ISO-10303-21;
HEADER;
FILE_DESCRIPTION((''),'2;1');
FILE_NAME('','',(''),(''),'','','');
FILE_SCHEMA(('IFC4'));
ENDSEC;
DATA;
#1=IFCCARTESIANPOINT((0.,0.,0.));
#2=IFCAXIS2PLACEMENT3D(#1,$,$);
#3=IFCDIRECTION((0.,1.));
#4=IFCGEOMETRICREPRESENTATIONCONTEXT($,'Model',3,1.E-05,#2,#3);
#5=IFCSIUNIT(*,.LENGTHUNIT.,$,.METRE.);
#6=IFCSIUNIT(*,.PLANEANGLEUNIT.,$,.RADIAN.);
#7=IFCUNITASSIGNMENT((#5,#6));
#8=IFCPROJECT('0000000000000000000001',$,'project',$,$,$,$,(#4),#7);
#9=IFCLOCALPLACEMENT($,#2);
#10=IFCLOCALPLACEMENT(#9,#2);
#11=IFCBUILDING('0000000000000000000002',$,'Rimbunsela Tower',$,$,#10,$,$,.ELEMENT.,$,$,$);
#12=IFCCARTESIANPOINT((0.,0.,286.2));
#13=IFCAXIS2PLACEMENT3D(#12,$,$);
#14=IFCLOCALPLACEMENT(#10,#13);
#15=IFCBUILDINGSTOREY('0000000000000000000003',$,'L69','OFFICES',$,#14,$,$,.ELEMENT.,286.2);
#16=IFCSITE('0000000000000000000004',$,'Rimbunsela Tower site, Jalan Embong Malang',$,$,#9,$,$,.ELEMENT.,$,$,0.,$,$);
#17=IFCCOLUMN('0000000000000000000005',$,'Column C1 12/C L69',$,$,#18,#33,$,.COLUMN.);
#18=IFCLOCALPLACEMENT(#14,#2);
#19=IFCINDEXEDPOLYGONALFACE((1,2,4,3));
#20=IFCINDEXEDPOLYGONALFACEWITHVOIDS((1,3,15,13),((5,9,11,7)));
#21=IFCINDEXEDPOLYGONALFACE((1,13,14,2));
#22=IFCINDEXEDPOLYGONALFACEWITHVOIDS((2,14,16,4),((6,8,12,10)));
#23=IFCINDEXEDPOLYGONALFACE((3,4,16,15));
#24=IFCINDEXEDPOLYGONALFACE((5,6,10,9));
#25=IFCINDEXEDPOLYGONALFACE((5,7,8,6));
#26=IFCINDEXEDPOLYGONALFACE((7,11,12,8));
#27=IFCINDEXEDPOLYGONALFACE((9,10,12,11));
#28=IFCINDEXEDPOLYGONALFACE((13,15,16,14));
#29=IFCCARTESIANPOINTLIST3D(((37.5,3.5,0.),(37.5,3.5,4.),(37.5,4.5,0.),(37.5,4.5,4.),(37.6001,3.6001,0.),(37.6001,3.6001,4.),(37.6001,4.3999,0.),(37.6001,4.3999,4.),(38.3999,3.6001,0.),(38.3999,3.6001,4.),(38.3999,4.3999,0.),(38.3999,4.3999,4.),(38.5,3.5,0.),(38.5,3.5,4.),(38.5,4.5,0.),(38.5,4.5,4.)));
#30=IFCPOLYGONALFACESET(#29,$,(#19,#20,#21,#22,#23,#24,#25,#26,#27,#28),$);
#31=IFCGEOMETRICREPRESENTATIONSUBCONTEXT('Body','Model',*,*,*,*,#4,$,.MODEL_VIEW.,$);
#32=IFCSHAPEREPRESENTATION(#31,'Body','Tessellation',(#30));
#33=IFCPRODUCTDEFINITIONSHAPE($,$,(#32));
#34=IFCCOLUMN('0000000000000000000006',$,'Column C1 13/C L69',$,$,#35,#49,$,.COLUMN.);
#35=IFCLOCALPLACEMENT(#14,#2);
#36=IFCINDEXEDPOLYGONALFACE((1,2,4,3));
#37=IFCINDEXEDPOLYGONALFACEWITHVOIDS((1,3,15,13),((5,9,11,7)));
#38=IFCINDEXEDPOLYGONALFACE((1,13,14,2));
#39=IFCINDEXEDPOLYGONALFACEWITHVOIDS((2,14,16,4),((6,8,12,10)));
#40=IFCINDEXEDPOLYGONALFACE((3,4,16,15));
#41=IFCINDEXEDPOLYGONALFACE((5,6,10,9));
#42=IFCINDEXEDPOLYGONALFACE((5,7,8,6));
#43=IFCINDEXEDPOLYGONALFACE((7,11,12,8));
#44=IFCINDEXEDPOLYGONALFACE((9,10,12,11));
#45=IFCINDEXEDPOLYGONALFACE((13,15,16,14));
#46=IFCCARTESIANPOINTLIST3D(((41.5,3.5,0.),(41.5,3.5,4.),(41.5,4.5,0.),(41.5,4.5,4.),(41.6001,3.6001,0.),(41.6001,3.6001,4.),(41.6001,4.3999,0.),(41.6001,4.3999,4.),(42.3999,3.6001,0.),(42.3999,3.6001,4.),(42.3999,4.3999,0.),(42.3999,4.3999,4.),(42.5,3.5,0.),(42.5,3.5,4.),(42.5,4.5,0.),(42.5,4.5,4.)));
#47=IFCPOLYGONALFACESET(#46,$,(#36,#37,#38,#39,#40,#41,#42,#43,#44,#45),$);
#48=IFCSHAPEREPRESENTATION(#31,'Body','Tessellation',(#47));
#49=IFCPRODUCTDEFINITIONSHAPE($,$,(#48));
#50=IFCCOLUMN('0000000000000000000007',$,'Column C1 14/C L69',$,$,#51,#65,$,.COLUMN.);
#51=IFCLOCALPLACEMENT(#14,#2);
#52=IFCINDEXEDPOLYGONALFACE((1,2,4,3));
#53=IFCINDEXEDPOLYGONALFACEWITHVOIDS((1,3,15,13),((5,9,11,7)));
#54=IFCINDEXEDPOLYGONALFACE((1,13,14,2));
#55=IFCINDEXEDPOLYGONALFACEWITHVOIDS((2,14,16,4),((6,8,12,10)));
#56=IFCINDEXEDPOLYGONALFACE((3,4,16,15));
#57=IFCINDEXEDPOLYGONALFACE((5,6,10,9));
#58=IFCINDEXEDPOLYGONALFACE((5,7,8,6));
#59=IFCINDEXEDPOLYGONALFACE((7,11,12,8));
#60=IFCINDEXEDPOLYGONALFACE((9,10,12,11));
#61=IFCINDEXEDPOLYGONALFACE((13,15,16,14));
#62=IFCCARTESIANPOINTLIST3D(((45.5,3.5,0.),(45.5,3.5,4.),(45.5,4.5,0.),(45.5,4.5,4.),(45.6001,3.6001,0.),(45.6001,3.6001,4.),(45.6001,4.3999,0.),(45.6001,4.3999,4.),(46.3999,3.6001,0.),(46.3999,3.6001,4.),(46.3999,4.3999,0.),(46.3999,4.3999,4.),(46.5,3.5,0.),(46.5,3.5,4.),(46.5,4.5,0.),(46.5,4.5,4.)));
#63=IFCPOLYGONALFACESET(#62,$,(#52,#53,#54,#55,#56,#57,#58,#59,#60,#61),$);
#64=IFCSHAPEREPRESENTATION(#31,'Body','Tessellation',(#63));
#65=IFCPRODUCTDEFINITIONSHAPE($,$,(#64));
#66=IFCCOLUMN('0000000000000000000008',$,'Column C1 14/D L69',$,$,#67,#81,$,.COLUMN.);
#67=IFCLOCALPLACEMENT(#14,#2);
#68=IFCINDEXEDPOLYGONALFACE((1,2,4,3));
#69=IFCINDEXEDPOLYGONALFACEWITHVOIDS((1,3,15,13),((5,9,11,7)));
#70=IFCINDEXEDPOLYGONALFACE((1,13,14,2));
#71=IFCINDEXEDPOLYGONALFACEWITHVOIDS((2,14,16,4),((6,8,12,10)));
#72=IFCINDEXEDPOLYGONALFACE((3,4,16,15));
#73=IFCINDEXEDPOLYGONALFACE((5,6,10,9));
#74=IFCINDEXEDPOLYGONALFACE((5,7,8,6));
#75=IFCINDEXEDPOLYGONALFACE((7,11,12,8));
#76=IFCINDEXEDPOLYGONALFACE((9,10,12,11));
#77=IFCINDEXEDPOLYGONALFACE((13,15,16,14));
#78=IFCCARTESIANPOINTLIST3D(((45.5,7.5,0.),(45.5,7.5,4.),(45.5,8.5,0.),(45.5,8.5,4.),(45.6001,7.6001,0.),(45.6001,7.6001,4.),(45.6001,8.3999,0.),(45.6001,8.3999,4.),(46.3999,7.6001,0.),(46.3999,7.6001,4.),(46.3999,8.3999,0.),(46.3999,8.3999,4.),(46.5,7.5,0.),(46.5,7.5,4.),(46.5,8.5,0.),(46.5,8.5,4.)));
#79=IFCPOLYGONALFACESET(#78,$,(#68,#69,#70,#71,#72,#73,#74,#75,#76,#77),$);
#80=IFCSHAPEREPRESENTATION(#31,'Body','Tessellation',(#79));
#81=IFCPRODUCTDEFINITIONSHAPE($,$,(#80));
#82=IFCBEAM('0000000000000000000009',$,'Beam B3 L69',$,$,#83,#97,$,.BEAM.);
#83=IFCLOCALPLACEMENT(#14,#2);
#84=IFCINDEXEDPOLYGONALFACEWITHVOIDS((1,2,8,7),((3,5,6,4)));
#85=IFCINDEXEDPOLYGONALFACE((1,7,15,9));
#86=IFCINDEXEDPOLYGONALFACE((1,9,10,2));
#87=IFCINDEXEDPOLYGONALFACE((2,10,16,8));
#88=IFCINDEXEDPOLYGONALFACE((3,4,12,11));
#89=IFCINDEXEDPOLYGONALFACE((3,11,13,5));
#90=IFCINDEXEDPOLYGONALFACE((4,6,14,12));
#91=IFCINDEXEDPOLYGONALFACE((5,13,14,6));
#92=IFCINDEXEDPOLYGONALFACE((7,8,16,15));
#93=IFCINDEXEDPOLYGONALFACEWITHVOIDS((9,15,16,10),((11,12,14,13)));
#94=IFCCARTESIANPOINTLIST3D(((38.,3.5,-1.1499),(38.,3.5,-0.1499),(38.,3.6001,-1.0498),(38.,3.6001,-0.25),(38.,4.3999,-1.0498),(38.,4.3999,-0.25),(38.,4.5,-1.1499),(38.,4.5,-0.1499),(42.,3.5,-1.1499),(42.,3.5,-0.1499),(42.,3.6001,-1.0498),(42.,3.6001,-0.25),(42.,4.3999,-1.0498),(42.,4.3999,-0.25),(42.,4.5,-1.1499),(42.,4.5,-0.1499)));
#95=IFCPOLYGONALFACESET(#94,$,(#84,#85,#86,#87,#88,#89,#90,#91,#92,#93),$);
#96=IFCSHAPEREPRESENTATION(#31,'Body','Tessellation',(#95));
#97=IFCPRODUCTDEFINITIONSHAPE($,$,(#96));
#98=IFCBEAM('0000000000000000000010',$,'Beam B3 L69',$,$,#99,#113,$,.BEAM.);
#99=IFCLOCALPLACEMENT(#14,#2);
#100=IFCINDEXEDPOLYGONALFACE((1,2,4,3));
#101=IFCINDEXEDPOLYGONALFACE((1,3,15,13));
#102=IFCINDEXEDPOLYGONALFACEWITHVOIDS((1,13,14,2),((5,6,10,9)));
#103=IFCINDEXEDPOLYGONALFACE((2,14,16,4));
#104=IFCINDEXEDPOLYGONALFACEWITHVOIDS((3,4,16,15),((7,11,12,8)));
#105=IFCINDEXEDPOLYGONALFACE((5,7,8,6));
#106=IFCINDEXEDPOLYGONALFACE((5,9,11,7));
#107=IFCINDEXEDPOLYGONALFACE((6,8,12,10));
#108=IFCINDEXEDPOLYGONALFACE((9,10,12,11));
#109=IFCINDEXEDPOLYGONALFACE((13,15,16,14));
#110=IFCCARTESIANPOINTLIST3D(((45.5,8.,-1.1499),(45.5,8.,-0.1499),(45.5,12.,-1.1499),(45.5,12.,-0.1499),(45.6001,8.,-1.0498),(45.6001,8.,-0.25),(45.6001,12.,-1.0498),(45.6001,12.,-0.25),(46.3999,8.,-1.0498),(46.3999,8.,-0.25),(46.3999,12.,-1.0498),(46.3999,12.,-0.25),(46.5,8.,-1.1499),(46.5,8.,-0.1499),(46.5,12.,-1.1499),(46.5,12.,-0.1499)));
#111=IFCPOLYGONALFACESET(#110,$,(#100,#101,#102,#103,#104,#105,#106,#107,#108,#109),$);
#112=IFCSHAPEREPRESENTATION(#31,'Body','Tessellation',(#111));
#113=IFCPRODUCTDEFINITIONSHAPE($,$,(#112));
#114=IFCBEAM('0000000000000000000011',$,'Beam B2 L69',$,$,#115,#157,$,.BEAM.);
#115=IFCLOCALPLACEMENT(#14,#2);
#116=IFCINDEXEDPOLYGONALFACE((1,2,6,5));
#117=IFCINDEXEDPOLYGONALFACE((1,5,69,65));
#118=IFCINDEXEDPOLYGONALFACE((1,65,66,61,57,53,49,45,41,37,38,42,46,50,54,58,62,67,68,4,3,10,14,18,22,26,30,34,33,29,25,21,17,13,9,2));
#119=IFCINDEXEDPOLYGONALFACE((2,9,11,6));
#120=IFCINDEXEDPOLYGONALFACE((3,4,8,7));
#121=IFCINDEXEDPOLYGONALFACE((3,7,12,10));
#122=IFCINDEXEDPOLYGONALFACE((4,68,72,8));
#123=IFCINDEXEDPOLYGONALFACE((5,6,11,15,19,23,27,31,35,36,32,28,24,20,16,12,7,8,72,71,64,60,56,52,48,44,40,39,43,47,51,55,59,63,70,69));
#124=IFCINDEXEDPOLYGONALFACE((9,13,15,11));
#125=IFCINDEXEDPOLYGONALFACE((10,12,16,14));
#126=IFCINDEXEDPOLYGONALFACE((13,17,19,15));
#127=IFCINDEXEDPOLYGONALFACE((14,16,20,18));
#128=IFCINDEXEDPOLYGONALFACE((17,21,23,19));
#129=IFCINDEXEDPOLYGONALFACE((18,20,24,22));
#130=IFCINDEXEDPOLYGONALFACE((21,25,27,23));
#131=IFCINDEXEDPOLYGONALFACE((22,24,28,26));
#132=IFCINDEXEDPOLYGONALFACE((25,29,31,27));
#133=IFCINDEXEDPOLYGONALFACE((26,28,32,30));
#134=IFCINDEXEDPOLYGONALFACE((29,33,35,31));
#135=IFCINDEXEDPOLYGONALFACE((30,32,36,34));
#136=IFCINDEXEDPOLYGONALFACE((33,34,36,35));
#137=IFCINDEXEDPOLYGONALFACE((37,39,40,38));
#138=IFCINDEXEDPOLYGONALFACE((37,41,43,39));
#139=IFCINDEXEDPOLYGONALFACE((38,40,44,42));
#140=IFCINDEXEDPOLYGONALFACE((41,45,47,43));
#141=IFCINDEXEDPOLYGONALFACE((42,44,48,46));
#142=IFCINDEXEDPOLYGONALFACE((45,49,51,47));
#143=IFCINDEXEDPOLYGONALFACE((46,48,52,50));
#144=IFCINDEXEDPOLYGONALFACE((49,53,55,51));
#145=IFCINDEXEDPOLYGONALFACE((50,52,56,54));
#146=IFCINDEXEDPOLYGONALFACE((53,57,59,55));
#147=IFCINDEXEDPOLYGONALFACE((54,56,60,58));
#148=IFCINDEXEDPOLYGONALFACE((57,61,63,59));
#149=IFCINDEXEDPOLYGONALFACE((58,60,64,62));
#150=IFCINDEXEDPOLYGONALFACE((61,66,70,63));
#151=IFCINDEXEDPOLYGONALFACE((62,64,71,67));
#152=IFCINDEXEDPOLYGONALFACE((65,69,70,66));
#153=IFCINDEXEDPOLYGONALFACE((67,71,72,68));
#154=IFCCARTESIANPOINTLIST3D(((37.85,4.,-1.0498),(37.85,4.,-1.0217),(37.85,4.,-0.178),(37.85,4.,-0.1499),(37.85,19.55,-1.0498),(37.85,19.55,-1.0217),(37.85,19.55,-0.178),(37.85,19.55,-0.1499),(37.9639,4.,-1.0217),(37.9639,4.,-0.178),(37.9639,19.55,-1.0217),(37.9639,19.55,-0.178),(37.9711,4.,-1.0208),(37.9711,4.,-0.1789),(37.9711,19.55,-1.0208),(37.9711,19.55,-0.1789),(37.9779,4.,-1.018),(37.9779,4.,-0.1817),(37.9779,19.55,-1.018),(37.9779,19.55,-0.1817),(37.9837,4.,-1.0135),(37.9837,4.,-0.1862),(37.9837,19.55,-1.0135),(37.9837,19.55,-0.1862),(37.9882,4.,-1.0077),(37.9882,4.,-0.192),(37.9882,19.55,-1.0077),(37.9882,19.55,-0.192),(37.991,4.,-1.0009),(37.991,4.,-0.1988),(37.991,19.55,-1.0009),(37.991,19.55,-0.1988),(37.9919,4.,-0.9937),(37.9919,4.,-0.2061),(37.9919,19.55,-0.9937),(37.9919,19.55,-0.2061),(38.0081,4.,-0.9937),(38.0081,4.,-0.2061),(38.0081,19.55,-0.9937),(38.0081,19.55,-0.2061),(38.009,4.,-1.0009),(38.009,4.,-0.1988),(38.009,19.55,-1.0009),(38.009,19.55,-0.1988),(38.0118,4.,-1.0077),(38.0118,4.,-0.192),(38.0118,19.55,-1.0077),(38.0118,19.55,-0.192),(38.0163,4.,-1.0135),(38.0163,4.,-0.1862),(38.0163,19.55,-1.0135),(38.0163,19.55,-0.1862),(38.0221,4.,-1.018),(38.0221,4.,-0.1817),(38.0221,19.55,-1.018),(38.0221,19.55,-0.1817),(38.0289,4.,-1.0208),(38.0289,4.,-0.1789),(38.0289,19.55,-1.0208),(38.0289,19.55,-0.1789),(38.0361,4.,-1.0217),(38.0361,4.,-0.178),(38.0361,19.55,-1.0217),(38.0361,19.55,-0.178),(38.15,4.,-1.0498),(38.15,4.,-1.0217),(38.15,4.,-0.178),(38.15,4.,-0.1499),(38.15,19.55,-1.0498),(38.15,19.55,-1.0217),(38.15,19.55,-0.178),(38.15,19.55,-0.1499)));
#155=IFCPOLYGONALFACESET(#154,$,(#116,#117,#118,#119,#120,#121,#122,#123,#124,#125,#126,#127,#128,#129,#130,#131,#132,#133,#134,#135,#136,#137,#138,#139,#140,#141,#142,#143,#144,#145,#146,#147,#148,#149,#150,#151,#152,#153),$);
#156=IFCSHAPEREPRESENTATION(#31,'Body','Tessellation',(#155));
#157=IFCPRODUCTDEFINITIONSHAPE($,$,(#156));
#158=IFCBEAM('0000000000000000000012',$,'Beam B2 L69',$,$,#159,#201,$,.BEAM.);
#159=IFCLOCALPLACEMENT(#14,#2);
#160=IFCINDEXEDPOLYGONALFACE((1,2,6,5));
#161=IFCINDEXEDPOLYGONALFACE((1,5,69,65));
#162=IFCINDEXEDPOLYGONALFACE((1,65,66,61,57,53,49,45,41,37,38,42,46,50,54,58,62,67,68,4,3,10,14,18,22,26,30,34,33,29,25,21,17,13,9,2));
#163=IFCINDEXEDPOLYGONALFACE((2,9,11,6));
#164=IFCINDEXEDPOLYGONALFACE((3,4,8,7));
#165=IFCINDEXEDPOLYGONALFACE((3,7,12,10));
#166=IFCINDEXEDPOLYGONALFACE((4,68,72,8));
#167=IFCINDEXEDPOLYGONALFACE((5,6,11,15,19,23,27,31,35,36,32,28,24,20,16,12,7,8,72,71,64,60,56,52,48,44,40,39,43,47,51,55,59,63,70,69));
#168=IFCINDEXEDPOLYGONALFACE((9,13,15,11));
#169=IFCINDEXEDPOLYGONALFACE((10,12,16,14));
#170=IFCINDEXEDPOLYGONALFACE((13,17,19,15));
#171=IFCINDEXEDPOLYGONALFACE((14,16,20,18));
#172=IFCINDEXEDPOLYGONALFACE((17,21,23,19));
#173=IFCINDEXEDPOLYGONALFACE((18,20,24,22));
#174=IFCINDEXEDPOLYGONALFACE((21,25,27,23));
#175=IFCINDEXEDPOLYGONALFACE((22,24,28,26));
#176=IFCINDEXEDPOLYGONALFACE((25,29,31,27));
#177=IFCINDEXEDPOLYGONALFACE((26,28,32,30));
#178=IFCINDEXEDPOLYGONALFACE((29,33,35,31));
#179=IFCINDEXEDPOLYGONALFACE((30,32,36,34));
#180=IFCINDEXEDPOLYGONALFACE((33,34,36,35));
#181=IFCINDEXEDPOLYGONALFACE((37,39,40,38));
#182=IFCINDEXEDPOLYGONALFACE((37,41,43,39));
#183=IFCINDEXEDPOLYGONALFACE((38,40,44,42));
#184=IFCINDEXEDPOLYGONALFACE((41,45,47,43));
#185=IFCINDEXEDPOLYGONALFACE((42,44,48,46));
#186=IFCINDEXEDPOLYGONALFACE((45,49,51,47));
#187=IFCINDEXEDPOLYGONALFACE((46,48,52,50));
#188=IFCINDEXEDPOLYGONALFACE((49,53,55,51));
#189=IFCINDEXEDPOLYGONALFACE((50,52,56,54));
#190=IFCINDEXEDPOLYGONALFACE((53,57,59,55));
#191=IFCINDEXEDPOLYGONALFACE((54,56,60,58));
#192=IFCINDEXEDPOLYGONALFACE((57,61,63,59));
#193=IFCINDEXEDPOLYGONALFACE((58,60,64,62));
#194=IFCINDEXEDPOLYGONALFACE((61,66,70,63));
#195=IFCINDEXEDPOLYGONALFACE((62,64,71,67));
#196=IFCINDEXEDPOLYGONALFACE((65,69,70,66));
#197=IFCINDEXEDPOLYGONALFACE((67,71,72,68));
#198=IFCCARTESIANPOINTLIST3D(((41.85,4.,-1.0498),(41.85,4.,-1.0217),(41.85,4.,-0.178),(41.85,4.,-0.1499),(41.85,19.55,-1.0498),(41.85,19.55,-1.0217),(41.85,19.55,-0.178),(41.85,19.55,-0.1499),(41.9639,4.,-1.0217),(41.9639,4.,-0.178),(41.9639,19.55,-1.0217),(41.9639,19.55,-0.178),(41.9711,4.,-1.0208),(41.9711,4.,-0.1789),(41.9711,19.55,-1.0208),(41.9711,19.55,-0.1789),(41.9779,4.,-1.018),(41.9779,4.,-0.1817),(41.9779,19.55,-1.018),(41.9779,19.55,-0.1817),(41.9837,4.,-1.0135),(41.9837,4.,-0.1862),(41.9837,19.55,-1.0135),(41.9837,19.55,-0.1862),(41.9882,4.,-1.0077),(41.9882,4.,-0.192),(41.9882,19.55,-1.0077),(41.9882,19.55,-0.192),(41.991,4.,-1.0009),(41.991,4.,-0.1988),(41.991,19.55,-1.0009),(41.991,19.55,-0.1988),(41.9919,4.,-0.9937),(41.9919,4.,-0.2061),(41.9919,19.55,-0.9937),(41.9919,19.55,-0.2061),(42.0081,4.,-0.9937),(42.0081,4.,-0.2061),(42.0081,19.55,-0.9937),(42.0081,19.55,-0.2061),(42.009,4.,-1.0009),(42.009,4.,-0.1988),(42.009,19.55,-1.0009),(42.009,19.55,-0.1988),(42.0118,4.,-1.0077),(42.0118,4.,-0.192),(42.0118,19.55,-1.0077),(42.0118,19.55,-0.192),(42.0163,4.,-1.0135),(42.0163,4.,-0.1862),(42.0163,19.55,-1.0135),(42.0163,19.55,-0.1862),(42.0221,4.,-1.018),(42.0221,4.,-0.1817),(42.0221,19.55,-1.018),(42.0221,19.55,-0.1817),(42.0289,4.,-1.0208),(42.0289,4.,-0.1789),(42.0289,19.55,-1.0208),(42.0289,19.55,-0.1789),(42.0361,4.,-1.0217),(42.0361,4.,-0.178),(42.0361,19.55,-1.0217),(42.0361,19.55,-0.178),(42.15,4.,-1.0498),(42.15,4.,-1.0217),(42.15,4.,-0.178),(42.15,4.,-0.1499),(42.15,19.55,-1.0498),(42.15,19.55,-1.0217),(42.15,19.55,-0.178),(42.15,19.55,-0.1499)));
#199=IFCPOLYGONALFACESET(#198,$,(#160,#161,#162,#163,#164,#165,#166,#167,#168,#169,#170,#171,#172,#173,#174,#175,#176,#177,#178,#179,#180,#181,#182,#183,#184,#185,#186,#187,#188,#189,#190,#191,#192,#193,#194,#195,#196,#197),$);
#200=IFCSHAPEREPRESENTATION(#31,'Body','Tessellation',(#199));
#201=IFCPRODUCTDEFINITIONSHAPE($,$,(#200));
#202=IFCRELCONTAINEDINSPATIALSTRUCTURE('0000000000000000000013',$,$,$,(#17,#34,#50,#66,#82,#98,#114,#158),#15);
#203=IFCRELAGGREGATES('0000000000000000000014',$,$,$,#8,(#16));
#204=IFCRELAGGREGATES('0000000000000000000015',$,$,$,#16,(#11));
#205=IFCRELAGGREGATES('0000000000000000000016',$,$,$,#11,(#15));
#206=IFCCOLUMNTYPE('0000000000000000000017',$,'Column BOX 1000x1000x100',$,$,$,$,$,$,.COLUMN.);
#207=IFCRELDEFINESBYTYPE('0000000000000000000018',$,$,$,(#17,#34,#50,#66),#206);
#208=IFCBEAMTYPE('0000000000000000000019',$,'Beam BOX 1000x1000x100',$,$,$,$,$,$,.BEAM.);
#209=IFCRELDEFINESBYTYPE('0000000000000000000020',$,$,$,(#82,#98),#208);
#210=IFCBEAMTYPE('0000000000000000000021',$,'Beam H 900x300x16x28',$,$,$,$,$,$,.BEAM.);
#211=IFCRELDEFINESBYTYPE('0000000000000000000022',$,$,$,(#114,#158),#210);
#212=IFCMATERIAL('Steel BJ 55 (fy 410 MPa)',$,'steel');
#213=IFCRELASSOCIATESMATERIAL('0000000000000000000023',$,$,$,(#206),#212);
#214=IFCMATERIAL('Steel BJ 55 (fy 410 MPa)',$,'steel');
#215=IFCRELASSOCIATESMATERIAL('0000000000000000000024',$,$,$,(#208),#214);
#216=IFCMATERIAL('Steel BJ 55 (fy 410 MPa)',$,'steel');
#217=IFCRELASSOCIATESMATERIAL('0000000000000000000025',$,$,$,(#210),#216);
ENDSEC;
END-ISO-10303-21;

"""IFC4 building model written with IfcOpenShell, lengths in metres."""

from ifc_helpers import new_model, si_unit, direction, frame, origin, origin_2d, place, context, subcontext, project, spatial, hollow_rectangle, i_section, extrude, material, material_profile, profile_set, type_object, element, save


model = new_model("IFC4")

# Units and contexts
model_context = context("Model", 3, precision=1e-05, world=origin(), true_north=direction((0.0, 1.0)))
body_context = subcontext(model_context, "Body", "Model", "MODEL_VIEW")
ifc_project = project(units=[si_unit("LENGTHUNIT", "METRE"), si_unit("PLANEANGLEUNIT", "RADIAN")], contexts=[model_context])

# Site, building, storey
site_placement = place(None, origin())
site = spatial("IfcSite", under=ifc_project, at=site_placement, Name="Rimbunsela Tower site, Jalan Embong Malang", CompositionType="ELEMENT", RefElevation=0.0)
building_placement = place(site_placement, origin())
building = spatial("IfcBuilding", under=site, at=building_placement, Name="Rimbunsela Tower", CompositionType="ELEMENT")
storey_placement = place(building_placement, frame((0.0, 0.0, 286.2)))
storey = spatial("IfcBuildingStorey", under=building, at=storey_placement, Name="L69", Description="OFFICES", CompositionType="ELEMENT", Elevation=286.2)

# Columns
ifc_material_1 = material(Name="Steel BJ 55 (fy 410 MPa)", Category="steel")
ifc_material_profile_1 = material_profile(ifc_material_1, hollow_rectangle(XDim=1.0, YDim=1.0, WallThickness=0.1001, at=origin_2d()), Name="BOX 1000x1000x100")
ifc_profile_set_1 = profile_set([ifc_material_profile_1], Name="Steel BJ 55 (fy 410 MPa)")
column_type = type_object("IfcColumnType", Name="Column BOX 1000x1000x100", PredefinedType="COLUMN", material=ifc_profile_set_1)
for number, where, z_axis, x_axis, name in (
    (1, (38.0, 4.0, 0.0), (0.0, 0.0, 1.0), (1.0, 0.0, 0.0), "Column C1 12/C L69"),
    (2, (42.0, 4.0, 0.0), (0.0, 0.0, 1.0), (1.0, 0.0, 0.0), "Column C1 13/C L69"),
    (3, (46.0, 4.0, 0.0), (0.0, 0.0, 1.0), (1.0, 0.0, 0.0), "Column C1 14/C L69"),
    (4, (46.0, 8.0, 0.0), (0.0, 0.0, 1.0), (1.0, 0.0, 0.0), "Column C1 14/D L69"),
):
    element("IfcColumn", number, at=place(storey_placement, frame(where, z_axis=z_axis, x_axis=x_axis)), inside=storey, type_object=column_type, Name=name, PredefinedType="COLUMN", context=body_context, shape_type="SweptSolid", body=[
        extrude(hollow_rectangle(XDim=1.0, YDim=1.0, WallThickness=0.1001, at=origin_2d()), origin(), (0.0, 0.0, 1.0), 4.0),
    ])

# Beams
ifc_material_2 = material(Name="Steel BJ 55 (fy 410 MPa)", Category="steel")
ifc_material_profile_2 = material_profile(ifc_material_2, hollow_rectangle(XDim=1.0, YDim=1.0, WallThickness=0.1001, at=origin_2d()), Name="BOX 1000x1000x100")
ifc_profile_set_2 = profile_set([ifc_material_profile_2], Name="Steel BJ 55 (fy 410 MPa)")
beam_type_1 = type_object("IfcBeamType", Name="Beam BOX 1000x1000x100", PredefinedType="BEAM", material=ifc_profile_set_2)
for number, where, z_axis, x_axis, name in (
    (5, (38.0, 4.0, -0.6499), (1.0, 0.0, 0.0), (0.0, 1.0, 0.0), "Beam B3 L69"),
    (6, (46.0, 8.0, -0.6499), (0.0, 1.0, 0.0), (-1.0, 0.0, 0.0), "Beam B3 L69"),
):
    element("IfcBeam", number, at=place(storey_placement, frame(where, z_axis=z_axis, x_axis=x_axis)), inside=storey, type_object=beam_type_1, Name=name, PredefinedType="BEAM", context=body_context, shape_type="SweptSolid", body=[
        extrude(hollow_rectangle(XDim=1.0, YDim=1.0, WallThickness=0.1001, at=origin_2d()), origin(), (0.0, 0.0, 1.0), 4.0),
    ])
ifc_material_3 = material(Name="Steel BJ 55 (fy 410 MPa)", Category="steel")
ifc_material_profile_3 = material_profile(ifc_material_3, i_section(OverallWidth=0.3, OverallDepth=0.8999, WebThickness=0.0161, FlangeThickness=0.0281, FilletRadius=0.0281, at=origin_2d()), Name="H 900x300x16x28")
ifc_profile_set_3 = profile_set([ifc_material_profile_3], Name="Steel BJ 55 (fy 410 MPa)")
beam_type_2 = type_object("IfcBeamType", Name="Beam H 900x300x16x28", PredefinedType="BEAM", material=ifc_profile_set_3)
for number, where, z_axis, x_axis, name in (
    (7, (38.0, 4.0, -0.5999), (0.0, 1.0, 0.0), (-1.0, 0.0, 0.0), "Beam B2 L69"),
    (8, (42.0, 4.0, -0.5999), (0.0, 1.0, 0.0), (-1.0, 0.0, 0.0), "Beam B2 L69"),
):
    element("IfcBeam", number, at=place(storey_placement, frame(where, z_axis=z_axis, x_axis=x_axis)), inside=storey, type_object=beam_type_2, Name=name, PredefinedType="BEAM", context=body_context, shape_type="SweptSolid", body=[
        extrude(i_section(OverallWidth=0.3, OverallDepth=0.8999, WebThickness=0.0161, FlangeThickness=0.0281, FilletRadius=0.0281, at=origin_2d()), origin(), (0.0, 0.0, 1.0), 15.55),
    ])

save(model, "model.ifc")
